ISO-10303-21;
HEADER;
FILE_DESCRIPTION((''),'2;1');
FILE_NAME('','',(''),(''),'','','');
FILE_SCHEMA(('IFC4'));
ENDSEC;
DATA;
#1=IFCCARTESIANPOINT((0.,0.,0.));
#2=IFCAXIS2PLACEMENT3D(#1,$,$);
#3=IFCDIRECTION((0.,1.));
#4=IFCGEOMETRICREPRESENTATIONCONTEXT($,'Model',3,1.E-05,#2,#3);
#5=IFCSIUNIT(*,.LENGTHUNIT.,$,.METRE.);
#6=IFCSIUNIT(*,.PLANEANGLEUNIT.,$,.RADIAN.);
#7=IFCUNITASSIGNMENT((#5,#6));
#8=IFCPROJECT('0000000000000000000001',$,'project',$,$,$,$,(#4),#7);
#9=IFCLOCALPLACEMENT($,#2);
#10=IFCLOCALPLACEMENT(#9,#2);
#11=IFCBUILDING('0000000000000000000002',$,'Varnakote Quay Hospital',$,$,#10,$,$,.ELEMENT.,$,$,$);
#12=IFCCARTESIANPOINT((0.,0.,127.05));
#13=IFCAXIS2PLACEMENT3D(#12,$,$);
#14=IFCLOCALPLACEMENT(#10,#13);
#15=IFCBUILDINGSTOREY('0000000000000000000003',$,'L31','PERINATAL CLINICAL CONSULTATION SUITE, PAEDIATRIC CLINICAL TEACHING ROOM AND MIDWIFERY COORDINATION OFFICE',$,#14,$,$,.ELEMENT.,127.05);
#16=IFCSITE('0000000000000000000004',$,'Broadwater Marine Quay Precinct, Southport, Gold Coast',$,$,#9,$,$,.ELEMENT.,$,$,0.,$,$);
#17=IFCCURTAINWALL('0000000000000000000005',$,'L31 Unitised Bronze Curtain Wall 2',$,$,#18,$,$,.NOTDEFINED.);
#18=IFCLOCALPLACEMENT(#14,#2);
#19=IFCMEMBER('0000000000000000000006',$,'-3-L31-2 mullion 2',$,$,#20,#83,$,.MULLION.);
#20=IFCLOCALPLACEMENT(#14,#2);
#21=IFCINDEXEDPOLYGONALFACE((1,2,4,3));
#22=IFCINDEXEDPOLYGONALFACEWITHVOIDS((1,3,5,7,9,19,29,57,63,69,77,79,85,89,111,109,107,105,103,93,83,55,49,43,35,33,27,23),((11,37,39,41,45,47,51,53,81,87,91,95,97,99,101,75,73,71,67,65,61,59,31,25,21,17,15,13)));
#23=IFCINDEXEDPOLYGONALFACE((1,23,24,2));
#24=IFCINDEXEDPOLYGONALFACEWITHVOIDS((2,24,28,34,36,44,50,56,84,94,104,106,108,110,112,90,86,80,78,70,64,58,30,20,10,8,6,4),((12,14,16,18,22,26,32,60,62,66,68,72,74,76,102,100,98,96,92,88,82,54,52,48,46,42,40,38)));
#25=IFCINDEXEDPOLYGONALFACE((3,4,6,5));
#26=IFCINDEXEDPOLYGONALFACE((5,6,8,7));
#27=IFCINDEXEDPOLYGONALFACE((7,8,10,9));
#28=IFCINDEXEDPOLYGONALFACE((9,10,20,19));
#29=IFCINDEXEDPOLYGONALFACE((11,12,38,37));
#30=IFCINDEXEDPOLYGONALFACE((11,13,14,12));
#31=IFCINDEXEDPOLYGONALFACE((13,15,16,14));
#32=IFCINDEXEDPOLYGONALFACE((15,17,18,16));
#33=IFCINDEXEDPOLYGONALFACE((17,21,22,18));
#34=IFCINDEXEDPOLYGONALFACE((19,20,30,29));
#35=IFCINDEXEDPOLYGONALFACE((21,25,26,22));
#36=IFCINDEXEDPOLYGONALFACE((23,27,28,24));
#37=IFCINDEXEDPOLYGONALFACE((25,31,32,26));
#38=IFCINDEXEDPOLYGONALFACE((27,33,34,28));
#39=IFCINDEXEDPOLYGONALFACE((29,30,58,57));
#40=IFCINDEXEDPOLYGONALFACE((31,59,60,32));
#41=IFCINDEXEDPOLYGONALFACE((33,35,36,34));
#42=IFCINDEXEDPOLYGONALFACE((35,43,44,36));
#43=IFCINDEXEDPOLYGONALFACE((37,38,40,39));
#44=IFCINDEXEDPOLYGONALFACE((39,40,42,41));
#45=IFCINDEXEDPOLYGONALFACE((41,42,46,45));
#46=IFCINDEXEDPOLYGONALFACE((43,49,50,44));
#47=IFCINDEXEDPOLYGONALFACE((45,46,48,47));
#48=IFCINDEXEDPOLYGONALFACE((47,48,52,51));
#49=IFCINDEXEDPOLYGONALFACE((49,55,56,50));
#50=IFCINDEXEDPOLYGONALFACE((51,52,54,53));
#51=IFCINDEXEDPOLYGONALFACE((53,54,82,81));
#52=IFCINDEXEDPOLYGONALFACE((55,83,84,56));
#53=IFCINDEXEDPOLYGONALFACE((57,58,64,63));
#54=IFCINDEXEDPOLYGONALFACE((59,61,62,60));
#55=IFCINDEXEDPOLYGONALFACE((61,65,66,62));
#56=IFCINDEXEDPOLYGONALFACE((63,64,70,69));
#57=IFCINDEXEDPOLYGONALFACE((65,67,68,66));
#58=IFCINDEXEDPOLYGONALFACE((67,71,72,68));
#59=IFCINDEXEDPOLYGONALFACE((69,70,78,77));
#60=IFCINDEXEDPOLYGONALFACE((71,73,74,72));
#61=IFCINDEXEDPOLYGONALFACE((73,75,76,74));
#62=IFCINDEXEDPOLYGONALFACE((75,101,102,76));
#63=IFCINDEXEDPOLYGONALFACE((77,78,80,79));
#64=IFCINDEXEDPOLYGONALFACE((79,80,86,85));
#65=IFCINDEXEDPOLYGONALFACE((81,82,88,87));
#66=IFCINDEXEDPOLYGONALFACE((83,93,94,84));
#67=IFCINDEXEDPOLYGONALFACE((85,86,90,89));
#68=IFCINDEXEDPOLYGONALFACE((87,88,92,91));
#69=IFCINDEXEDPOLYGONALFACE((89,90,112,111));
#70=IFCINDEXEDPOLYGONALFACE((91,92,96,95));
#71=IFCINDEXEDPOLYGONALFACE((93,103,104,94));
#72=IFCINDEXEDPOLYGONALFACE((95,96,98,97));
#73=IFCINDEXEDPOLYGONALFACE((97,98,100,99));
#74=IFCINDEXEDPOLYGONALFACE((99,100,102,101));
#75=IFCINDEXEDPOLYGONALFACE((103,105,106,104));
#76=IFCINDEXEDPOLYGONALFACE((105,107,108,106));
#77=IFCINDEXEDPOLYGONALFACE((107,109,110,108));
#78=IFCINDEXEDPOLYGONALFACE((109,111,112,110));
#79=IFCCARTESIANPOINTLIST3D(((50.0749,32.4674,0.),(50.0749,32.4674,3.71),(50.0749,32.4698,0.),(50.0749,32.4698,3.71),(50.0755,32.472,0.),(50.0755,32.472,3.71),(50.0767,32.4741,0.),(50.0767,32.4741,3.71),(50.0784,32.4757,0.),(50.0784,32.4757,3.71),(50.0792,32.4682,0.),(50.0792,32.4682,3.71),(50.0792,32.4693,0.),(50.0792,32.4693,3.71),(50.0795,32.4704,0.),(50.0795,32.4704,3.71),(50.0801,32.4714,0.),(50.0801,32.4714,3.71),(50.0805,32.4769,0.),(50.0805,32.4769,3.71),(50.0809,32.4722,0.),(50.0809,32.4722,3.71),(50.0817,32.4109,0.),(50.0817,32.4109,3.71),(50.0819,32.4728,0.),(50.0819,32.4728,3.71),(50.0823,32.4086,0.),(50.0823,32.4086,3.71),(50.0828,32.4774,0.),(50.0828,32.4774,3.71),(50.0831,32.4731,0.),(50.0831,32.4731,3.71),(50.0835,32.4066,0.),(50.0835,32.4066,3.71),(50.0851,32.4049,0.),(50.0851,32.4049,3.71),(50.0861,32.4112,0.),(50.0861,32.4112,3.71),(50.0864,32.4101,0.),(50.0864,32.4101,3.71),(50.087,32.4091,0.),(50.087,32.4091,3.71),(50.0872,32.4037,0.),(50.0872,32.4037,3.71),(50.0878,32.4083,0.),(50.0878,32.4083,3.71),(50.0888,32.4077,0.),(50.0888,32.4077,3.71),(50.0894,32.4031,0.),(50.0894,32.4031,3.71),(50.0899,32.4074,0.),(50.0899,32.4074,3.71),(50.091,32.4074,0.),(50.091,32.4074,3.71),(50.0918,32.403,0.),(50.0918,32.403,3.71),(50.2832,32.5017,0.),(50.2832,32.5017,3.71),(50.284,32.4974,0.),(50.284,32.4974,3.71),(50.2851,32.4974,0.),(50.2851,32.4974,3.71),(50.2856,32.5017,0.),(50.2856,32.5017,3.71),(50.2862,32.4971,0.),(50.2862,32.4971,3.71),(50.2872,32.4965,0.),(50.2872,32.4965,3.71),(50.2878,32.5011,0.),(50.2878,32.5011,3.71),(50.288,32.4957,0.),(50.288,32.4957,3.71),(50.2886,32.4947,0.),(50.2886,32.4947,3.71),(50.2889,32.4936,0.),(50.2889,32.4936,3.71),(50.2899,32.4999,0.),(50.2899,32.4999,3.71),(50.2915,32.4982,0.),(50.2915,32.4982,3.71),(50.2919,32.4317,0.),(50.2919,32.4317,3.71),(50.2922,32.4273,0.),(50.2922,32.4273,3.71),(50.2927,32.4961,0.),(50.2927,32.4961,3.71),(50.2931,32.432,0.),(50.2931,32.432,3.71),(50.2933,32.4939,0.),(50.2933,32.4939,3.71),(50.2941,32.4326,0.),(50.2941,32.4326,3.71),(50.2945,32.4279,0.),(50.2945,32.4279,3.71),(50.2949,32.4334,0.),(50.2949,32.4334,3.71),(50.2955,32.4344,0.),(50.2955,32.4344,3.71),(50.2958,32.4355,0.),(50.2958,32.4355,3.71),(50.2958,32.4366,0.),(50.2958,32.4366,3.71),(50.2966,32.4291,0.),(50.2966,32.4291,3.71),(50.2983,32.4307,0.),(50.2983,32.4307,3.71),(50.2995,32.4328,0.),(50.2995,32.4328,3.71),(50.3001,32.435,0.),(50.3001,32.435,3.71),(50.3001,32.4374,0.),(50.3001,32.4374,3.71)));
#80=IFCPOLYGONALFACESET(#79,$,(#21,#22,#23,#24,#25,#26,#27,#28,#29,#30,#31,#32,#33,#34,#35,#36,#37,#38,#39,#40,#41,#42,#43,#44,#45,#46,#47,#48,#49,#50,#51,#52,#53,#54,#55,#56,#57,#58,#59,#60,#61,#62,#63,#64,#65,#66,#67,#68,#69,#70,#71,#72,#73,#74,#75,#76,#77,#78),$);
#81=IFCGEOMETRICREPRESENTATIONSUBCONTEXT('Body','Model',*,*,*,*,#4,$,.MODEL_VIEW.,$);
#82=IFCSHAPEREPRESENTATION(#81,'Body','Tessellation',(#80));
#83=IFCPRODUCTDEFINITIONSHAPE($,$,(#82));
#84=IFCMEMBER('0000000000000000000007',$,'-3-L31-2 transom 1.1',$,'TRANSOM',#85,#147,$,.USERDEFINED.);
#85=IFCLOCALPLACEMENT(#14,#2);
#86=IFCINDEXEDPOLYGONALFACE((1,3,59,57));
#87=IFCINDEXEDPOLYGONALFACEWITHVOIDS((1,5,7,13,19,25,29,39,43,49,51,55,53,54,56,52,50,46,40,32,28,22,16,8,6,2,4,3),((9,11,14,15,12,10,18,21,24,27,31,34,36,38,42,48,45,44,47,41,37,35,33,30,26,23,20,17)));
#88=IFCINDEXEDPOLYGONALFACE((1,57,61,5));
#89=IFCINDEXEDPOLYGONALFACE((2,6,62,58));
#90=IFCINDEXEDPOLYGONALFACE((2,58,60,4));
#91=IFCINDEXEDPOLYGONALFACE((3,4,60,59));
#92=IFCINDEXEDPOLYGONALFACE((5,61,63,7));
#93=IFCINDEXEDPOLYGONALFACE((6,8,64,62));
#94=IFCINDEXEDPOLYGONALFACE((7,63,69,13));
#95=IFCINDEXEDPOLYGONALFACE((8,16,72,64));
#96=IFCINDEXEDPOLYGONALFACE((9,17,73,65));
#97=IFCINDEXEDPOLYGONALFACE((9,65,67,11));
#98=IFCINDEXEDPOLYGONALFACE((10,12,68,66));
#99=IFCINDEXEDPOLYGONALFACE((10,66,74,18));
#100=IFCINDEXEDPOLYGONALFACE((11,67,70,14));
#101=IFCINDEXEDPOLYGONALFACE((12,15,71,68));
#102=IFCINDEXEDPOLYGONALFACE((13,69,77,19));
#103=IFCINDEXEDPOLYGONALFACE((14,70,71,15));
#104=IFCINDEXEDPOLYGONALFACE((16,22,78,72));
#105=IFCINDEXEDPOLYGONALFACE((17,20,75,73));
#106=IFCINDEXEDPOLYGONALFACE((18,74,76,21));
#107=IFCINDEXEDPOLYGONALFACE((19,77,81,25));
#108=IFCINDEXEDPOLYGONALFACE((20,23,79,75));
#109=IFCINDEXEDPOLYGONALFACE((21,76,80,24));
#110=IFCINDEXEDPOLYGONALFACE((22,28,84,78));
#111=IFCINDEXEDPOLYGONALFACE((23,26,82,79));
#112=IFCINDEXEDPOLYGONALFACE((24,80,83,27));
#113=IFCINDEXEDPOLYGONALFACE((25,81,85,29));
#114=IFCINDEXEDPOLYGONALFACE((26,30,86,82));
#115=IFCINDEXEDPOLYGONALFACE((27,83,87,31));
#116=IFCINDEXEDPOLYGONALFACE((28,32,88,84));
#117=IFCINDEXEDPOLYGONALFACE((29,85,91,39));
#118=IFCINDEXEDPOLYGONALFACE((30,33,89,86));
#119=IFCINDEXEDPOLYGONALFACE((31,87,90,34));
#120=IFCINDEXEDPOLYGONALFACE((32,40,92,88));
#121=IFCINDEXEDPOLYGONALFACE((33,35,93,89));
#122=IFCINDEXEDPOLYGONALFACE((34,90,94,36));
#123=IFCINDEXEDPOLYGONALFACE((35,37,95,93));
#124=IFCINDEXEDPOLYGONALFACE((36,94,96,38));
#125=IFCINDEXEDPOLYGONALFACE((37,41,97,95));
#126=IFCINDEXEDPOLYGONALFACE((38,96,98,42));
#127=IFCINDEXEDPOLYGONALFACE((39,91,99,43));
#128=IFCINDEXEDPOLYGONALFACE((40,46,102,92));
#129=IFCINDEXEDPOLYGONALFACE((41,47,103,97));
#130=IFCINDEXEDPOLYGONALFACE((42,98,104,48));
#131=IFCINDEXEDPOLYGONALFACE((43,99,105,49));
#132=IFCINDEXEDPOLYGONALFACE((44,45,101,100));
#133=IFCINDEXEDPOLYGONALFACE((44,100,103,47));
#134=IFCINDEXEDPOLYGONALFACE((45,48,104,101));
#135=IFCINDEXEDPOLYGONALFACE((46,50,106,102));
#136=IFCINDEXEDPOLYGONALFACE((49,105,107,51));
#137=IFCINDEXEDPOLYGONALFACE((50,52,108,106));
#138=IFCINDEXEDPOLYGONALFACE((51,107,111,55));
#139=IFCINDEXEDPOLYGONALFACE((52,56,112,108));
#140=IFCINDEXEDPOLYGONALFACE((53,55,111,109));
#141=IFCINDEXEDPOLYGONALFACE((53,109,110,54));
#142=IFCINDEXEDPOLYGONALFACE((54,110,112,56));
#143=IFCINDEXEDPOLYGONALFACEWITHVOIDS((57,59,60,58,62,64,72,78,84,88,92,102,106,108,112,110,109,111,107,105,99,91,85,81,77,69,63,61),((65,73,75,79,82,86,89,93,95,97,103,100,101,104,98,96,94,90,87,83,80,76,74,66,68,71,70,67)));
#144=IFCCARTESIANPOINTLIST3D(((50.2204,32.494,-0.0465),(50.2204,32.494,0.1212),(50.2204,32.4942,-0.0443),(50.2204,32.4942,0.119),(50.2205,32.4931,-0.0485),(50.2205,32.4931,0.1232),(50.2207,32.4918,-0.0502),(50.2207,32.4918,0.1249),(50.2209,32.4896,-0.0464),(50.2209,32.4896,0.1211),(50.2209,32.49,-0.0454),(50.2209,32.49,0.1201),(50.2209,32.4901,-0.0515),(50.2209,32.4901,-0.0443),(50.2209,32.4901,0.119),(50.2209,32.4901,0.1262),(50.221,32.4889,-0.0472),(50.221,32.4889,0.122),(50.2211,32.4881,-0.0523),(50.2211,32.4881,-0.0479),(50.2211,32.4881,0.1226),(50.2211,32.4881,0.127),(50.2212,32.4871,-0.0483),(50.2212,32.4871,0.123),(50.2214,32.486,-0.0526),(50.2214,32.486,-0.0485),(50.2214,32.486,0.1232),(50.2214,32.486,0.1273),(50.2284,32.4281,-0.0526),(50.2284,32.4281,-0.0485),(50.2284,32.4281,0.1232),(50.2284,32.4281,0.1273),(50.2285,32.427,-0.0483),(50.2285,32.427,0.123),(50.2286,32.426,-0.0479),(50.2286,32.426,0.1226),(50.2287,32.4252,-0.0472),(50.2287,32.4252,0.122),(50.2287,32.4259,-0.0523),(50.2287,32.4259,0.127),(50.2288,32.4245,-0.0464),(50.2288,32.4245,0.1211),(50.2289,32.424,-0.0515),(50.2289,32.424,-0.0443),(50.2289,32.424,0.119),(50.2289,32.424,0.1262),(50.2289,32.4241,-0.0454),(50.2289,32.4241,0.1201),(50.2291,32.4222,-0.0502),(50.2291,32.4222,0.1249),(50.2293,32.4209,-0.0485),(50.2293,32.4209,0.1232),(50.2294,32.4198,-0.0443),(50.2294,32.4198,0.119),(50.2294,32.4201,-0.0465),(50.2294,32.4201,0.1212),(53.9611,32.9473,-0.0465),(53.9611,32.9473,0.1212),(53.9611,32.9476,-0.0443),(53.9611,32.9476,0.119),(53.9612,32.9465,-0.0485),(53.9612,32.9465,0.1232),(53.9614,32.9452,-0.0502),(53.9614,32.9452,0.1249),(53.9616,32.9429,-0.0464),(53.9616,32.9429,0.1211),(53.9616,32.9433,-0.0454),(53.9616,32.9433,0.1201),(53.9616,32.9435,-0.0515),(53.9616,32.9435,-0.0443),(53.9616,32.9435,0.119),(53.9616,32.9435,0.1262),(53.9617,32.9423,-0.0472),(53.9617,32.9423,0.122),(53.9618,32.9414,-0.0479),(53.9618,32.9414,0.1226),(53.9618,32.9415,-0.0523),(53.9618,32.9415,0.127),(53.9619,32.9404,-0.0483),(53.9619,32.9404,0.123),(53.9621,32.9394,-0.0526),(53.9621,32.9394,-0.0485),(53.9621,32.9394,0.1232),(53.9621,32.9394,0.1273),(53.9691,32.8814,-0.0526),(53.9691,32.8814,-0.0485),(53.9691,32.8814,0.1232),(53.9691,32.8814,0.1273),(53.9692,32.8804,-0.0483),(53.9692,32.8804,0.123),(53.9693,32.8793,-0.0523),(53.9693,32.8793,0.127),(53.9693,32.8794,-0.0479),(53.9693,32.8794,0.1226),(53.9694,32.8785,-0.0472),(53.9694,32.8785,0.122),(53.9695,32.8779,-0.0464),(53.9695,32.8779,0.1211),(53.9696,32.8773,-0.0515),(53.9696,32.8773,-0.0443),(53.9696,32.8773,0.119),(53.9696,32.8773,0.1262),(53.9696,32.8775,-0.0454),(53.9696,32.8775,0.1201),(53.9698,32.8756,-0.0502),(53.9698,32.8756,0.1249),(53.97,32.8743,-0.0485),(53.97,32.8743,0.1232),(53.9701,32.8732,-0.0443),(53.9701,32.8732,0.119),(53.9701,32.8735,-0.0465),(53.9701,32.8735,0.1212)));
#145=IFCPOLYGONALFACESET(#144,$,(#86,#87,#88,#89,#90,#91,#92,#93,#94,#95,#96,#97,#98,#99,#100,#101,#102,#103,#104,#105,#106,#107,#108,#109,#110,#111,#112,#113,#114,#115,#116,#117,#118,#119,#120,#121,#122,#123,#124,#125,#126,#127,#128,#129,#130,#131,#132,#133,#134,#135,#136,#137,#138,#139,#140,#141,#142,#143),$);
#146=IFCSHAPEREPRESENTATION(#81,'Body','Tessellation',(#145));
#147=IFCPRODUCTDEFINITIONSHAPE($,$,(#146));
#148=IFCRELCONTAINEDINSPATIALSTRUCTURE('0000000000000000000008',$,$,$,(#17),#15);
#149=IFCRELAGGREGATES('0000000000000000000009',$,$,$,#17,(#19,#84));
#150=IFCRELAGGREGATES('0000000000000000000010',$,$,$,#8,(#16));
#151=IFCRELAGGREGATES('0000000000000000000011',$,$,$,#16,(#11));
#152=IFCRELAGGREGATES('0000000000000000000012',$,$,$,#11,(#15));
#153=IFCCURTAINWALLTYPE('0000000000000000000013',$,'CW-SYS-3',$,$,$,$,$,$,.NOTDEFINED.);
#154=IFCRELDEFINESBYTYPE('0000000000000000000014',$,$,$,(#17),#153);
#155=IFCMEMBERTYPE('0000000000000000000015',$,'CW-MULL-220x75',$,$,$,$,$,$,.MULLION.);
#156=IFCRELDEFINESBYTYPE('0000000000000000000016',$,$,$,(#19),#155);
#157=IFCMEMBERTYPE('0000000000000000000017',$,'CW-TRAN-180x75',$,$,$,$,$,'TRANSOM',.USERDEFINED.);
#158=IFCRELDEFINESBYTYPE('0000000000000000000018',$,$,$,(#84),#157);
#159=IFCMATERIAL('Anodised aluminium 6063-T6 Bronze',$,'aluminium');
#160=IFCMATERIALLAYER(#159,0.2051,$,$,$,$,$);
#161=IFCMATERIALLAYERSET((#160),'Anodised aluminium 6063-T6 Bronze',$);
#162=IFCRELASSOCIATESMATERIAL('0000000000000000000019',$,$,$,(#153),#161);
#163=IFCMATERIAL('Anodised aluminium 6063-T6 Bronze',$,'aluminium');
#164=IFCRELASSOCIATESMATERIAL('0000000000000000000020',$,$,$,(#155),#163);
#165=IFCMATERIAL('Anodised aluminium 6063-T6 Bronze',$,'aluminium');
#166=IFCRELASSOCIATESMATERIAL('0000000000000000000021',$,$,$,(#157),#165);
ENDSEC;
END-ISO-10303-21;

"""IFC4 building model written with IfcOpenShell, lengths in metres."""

from ifc_helpers import new_model, si_unit, direction, frame, origin, origin_2d, place, context, subcontext, project, spatial, hollow_rectangle, extrude, material, layer, layer_set, material_profile, profile_set, type_object, element, aggregate, save


model = new_model("IFC4")

# Units and contexts
model_context = context("Model", 3, precision=1e-05, world=origin(), true_north=direction((0.0, 1.0)))
body_context = subcontext(model_context, "Body", "Model", "MODEL_VIEW")
ifc_project = project(units=[si_unit("LENGTHUNIT", "METRE"), si_unit("PLANEANGLEUNIT", "RADIAN")], contexts=[model_context])

# Site, building, storey
site_placement = place(None, origin())
site = spatial("IfcSite", under=ifc_project, at=site_placement, Name="Broadwater Marine Quay Precinct, Southport, Gold Coast", CompositionType="ELEMENT", RefElevation=0.0)
building_placement = place(site_placement, origin())
building = spatial("IfcBuilding", under=site, at=building_placement, Name="Varnakote Quay Hospital", CompositionType="ELEMENT")
storey_placement = place(building_placement, frame((0.0, 0.0, 127.05)))
storey = spatial("IfcBuildingStorey", under=building, at=storey_placement, Name="L31", Description="PERINATAL CLINICAL CONSULTATION SUITE, PAEDIATRIC CLINICAL TEACHING ROOM AND MIDWIFERY COORDINATION OFFICE", CompositionType="ELEMENT", Elevation=127.05)

# Shared definitions
ifc_material_1 = material(Name="Anodised aluminium 6063-T6 Bronze", Category="aluminium")
ifc_layer_1 = layer(ifc_material_1, 0.2051)
ifc_layer_set_1 = layer_set([ifc_layer_1], Name="Anodised aluminium 6063-T6 Bronze")
curtain_wall_type = type_object("IfcCurtainWallType", Name="CW-SYS-3", PredefinedType="NOTDEFINED", material=ifc_layer_set_1)
ifc_material_2 = material(Name="Anodised aluminium 6063-T6 Bronze", Category="aluminium")
ifc_material_profile_1 = material_profile(ifc_material_2, hollow_rectangle(XDim=0.075, YDim=0.22, WallThickness=0.0044, InnerFilletRadius=0.0044, OuterFilletRadius=0.009, at=origin_2d()), Name="CW-MULL-220x75")
ifc_profile_set_1 = profile_set([ifc_material_profile_1], Name="Anodised aluminium 6063-T6 Bronze")
member_type_1 = type_object("IfcMemberType", Name="CW-MULL-220x75", PredefinedType="MULLION", material=ifc_profile_set_1)

# Curtain wall, members
curtain_wall_1_placement = place(storey_placement, origin())
curtain_wall_1 = element("IfcCurtainWall", 1, at=curtain_wall_1_placement, inside=storey, type_object=curtain_wall_type, Name="L31 Unitised Bronze Curtain Wall 2", PredefinedType="NOTDEFINED")
member_1_placement = place(storey_placement, frame((50.1875, 32.4524, 0.0), z_axis=(0.0, 0.0, 1.0), x_axis=(0.120327, -0.992734, 0.0)))
member_1 = element("IfcMember", 2, at=member_1_placement, type_object=member_type_1, Name="-3-L31-2 mullion 2", PredefinedType="MULLION", context=body_context, shape_type="SweptSolid", body=[
    extrude(hollow_rectangle(XDim=0.075, YDim=0.22, WallThickness=0.0044, InnerFilletRadius=0.0044, OuterFilletRadius=0.009, at=origin_2d()), origin(), (0.0, 0.0, 1.0), 3.71),
])
ifc_material_3 = material(Name="Anodised aluminium 6063-T6 Bronze", Category="aluminium")
ifc_material_profile_2 = material_profile(ifc_material_3, hollow_rectangle(XDim=0.075, YDim=0.1799, WallThickness=0.0042, InnerFilletRadius=0.0042, OuterFilletRadius=0.0083, at=origin_2d()), Name="CW-TRAN-180x75")
ifc_profile_set_2 = profile_set([ifc_material_profile_2], Name="Anodised aluminium 6063-T6 Bronze")
member_type_2 = type_object("IfcMemberType", Name="CW-TRAN-180x75", ElementType="TRANSOM", PredefinedType="USERDEFINED", material=ifc_profile_set_2)
member_2_placement = place(storey_placement, frame((53.9656, 32.9104, 0.0374), z_axis=(-0.992735, -0.120318, 0.0), x_axis=(0.120318, -0.992735, 0.0)))
member_2 = element("IfcMember", 3, at=member_2_placement, type_object=member_type_2, Name="-3-L31-2 transom 1.1", ObjectType="TRANSOM", PredefinedType="USERDEFINED", context=body_context, shape_type="SweptSolid", body=[
    extrude(hollow_rectangle(XDim=0.075, YDim=0.1799, WallThickness=0.0042, InnerFilletRadius=0.0042, OuterFilletRadius=0.0083, at=origin_2d()), origin(), (0.0, 0.0, 1.0), 3.7681),
])

aggregate(curtain_wall_1, [member_1, member_2])

save(model, "model.ifc")
